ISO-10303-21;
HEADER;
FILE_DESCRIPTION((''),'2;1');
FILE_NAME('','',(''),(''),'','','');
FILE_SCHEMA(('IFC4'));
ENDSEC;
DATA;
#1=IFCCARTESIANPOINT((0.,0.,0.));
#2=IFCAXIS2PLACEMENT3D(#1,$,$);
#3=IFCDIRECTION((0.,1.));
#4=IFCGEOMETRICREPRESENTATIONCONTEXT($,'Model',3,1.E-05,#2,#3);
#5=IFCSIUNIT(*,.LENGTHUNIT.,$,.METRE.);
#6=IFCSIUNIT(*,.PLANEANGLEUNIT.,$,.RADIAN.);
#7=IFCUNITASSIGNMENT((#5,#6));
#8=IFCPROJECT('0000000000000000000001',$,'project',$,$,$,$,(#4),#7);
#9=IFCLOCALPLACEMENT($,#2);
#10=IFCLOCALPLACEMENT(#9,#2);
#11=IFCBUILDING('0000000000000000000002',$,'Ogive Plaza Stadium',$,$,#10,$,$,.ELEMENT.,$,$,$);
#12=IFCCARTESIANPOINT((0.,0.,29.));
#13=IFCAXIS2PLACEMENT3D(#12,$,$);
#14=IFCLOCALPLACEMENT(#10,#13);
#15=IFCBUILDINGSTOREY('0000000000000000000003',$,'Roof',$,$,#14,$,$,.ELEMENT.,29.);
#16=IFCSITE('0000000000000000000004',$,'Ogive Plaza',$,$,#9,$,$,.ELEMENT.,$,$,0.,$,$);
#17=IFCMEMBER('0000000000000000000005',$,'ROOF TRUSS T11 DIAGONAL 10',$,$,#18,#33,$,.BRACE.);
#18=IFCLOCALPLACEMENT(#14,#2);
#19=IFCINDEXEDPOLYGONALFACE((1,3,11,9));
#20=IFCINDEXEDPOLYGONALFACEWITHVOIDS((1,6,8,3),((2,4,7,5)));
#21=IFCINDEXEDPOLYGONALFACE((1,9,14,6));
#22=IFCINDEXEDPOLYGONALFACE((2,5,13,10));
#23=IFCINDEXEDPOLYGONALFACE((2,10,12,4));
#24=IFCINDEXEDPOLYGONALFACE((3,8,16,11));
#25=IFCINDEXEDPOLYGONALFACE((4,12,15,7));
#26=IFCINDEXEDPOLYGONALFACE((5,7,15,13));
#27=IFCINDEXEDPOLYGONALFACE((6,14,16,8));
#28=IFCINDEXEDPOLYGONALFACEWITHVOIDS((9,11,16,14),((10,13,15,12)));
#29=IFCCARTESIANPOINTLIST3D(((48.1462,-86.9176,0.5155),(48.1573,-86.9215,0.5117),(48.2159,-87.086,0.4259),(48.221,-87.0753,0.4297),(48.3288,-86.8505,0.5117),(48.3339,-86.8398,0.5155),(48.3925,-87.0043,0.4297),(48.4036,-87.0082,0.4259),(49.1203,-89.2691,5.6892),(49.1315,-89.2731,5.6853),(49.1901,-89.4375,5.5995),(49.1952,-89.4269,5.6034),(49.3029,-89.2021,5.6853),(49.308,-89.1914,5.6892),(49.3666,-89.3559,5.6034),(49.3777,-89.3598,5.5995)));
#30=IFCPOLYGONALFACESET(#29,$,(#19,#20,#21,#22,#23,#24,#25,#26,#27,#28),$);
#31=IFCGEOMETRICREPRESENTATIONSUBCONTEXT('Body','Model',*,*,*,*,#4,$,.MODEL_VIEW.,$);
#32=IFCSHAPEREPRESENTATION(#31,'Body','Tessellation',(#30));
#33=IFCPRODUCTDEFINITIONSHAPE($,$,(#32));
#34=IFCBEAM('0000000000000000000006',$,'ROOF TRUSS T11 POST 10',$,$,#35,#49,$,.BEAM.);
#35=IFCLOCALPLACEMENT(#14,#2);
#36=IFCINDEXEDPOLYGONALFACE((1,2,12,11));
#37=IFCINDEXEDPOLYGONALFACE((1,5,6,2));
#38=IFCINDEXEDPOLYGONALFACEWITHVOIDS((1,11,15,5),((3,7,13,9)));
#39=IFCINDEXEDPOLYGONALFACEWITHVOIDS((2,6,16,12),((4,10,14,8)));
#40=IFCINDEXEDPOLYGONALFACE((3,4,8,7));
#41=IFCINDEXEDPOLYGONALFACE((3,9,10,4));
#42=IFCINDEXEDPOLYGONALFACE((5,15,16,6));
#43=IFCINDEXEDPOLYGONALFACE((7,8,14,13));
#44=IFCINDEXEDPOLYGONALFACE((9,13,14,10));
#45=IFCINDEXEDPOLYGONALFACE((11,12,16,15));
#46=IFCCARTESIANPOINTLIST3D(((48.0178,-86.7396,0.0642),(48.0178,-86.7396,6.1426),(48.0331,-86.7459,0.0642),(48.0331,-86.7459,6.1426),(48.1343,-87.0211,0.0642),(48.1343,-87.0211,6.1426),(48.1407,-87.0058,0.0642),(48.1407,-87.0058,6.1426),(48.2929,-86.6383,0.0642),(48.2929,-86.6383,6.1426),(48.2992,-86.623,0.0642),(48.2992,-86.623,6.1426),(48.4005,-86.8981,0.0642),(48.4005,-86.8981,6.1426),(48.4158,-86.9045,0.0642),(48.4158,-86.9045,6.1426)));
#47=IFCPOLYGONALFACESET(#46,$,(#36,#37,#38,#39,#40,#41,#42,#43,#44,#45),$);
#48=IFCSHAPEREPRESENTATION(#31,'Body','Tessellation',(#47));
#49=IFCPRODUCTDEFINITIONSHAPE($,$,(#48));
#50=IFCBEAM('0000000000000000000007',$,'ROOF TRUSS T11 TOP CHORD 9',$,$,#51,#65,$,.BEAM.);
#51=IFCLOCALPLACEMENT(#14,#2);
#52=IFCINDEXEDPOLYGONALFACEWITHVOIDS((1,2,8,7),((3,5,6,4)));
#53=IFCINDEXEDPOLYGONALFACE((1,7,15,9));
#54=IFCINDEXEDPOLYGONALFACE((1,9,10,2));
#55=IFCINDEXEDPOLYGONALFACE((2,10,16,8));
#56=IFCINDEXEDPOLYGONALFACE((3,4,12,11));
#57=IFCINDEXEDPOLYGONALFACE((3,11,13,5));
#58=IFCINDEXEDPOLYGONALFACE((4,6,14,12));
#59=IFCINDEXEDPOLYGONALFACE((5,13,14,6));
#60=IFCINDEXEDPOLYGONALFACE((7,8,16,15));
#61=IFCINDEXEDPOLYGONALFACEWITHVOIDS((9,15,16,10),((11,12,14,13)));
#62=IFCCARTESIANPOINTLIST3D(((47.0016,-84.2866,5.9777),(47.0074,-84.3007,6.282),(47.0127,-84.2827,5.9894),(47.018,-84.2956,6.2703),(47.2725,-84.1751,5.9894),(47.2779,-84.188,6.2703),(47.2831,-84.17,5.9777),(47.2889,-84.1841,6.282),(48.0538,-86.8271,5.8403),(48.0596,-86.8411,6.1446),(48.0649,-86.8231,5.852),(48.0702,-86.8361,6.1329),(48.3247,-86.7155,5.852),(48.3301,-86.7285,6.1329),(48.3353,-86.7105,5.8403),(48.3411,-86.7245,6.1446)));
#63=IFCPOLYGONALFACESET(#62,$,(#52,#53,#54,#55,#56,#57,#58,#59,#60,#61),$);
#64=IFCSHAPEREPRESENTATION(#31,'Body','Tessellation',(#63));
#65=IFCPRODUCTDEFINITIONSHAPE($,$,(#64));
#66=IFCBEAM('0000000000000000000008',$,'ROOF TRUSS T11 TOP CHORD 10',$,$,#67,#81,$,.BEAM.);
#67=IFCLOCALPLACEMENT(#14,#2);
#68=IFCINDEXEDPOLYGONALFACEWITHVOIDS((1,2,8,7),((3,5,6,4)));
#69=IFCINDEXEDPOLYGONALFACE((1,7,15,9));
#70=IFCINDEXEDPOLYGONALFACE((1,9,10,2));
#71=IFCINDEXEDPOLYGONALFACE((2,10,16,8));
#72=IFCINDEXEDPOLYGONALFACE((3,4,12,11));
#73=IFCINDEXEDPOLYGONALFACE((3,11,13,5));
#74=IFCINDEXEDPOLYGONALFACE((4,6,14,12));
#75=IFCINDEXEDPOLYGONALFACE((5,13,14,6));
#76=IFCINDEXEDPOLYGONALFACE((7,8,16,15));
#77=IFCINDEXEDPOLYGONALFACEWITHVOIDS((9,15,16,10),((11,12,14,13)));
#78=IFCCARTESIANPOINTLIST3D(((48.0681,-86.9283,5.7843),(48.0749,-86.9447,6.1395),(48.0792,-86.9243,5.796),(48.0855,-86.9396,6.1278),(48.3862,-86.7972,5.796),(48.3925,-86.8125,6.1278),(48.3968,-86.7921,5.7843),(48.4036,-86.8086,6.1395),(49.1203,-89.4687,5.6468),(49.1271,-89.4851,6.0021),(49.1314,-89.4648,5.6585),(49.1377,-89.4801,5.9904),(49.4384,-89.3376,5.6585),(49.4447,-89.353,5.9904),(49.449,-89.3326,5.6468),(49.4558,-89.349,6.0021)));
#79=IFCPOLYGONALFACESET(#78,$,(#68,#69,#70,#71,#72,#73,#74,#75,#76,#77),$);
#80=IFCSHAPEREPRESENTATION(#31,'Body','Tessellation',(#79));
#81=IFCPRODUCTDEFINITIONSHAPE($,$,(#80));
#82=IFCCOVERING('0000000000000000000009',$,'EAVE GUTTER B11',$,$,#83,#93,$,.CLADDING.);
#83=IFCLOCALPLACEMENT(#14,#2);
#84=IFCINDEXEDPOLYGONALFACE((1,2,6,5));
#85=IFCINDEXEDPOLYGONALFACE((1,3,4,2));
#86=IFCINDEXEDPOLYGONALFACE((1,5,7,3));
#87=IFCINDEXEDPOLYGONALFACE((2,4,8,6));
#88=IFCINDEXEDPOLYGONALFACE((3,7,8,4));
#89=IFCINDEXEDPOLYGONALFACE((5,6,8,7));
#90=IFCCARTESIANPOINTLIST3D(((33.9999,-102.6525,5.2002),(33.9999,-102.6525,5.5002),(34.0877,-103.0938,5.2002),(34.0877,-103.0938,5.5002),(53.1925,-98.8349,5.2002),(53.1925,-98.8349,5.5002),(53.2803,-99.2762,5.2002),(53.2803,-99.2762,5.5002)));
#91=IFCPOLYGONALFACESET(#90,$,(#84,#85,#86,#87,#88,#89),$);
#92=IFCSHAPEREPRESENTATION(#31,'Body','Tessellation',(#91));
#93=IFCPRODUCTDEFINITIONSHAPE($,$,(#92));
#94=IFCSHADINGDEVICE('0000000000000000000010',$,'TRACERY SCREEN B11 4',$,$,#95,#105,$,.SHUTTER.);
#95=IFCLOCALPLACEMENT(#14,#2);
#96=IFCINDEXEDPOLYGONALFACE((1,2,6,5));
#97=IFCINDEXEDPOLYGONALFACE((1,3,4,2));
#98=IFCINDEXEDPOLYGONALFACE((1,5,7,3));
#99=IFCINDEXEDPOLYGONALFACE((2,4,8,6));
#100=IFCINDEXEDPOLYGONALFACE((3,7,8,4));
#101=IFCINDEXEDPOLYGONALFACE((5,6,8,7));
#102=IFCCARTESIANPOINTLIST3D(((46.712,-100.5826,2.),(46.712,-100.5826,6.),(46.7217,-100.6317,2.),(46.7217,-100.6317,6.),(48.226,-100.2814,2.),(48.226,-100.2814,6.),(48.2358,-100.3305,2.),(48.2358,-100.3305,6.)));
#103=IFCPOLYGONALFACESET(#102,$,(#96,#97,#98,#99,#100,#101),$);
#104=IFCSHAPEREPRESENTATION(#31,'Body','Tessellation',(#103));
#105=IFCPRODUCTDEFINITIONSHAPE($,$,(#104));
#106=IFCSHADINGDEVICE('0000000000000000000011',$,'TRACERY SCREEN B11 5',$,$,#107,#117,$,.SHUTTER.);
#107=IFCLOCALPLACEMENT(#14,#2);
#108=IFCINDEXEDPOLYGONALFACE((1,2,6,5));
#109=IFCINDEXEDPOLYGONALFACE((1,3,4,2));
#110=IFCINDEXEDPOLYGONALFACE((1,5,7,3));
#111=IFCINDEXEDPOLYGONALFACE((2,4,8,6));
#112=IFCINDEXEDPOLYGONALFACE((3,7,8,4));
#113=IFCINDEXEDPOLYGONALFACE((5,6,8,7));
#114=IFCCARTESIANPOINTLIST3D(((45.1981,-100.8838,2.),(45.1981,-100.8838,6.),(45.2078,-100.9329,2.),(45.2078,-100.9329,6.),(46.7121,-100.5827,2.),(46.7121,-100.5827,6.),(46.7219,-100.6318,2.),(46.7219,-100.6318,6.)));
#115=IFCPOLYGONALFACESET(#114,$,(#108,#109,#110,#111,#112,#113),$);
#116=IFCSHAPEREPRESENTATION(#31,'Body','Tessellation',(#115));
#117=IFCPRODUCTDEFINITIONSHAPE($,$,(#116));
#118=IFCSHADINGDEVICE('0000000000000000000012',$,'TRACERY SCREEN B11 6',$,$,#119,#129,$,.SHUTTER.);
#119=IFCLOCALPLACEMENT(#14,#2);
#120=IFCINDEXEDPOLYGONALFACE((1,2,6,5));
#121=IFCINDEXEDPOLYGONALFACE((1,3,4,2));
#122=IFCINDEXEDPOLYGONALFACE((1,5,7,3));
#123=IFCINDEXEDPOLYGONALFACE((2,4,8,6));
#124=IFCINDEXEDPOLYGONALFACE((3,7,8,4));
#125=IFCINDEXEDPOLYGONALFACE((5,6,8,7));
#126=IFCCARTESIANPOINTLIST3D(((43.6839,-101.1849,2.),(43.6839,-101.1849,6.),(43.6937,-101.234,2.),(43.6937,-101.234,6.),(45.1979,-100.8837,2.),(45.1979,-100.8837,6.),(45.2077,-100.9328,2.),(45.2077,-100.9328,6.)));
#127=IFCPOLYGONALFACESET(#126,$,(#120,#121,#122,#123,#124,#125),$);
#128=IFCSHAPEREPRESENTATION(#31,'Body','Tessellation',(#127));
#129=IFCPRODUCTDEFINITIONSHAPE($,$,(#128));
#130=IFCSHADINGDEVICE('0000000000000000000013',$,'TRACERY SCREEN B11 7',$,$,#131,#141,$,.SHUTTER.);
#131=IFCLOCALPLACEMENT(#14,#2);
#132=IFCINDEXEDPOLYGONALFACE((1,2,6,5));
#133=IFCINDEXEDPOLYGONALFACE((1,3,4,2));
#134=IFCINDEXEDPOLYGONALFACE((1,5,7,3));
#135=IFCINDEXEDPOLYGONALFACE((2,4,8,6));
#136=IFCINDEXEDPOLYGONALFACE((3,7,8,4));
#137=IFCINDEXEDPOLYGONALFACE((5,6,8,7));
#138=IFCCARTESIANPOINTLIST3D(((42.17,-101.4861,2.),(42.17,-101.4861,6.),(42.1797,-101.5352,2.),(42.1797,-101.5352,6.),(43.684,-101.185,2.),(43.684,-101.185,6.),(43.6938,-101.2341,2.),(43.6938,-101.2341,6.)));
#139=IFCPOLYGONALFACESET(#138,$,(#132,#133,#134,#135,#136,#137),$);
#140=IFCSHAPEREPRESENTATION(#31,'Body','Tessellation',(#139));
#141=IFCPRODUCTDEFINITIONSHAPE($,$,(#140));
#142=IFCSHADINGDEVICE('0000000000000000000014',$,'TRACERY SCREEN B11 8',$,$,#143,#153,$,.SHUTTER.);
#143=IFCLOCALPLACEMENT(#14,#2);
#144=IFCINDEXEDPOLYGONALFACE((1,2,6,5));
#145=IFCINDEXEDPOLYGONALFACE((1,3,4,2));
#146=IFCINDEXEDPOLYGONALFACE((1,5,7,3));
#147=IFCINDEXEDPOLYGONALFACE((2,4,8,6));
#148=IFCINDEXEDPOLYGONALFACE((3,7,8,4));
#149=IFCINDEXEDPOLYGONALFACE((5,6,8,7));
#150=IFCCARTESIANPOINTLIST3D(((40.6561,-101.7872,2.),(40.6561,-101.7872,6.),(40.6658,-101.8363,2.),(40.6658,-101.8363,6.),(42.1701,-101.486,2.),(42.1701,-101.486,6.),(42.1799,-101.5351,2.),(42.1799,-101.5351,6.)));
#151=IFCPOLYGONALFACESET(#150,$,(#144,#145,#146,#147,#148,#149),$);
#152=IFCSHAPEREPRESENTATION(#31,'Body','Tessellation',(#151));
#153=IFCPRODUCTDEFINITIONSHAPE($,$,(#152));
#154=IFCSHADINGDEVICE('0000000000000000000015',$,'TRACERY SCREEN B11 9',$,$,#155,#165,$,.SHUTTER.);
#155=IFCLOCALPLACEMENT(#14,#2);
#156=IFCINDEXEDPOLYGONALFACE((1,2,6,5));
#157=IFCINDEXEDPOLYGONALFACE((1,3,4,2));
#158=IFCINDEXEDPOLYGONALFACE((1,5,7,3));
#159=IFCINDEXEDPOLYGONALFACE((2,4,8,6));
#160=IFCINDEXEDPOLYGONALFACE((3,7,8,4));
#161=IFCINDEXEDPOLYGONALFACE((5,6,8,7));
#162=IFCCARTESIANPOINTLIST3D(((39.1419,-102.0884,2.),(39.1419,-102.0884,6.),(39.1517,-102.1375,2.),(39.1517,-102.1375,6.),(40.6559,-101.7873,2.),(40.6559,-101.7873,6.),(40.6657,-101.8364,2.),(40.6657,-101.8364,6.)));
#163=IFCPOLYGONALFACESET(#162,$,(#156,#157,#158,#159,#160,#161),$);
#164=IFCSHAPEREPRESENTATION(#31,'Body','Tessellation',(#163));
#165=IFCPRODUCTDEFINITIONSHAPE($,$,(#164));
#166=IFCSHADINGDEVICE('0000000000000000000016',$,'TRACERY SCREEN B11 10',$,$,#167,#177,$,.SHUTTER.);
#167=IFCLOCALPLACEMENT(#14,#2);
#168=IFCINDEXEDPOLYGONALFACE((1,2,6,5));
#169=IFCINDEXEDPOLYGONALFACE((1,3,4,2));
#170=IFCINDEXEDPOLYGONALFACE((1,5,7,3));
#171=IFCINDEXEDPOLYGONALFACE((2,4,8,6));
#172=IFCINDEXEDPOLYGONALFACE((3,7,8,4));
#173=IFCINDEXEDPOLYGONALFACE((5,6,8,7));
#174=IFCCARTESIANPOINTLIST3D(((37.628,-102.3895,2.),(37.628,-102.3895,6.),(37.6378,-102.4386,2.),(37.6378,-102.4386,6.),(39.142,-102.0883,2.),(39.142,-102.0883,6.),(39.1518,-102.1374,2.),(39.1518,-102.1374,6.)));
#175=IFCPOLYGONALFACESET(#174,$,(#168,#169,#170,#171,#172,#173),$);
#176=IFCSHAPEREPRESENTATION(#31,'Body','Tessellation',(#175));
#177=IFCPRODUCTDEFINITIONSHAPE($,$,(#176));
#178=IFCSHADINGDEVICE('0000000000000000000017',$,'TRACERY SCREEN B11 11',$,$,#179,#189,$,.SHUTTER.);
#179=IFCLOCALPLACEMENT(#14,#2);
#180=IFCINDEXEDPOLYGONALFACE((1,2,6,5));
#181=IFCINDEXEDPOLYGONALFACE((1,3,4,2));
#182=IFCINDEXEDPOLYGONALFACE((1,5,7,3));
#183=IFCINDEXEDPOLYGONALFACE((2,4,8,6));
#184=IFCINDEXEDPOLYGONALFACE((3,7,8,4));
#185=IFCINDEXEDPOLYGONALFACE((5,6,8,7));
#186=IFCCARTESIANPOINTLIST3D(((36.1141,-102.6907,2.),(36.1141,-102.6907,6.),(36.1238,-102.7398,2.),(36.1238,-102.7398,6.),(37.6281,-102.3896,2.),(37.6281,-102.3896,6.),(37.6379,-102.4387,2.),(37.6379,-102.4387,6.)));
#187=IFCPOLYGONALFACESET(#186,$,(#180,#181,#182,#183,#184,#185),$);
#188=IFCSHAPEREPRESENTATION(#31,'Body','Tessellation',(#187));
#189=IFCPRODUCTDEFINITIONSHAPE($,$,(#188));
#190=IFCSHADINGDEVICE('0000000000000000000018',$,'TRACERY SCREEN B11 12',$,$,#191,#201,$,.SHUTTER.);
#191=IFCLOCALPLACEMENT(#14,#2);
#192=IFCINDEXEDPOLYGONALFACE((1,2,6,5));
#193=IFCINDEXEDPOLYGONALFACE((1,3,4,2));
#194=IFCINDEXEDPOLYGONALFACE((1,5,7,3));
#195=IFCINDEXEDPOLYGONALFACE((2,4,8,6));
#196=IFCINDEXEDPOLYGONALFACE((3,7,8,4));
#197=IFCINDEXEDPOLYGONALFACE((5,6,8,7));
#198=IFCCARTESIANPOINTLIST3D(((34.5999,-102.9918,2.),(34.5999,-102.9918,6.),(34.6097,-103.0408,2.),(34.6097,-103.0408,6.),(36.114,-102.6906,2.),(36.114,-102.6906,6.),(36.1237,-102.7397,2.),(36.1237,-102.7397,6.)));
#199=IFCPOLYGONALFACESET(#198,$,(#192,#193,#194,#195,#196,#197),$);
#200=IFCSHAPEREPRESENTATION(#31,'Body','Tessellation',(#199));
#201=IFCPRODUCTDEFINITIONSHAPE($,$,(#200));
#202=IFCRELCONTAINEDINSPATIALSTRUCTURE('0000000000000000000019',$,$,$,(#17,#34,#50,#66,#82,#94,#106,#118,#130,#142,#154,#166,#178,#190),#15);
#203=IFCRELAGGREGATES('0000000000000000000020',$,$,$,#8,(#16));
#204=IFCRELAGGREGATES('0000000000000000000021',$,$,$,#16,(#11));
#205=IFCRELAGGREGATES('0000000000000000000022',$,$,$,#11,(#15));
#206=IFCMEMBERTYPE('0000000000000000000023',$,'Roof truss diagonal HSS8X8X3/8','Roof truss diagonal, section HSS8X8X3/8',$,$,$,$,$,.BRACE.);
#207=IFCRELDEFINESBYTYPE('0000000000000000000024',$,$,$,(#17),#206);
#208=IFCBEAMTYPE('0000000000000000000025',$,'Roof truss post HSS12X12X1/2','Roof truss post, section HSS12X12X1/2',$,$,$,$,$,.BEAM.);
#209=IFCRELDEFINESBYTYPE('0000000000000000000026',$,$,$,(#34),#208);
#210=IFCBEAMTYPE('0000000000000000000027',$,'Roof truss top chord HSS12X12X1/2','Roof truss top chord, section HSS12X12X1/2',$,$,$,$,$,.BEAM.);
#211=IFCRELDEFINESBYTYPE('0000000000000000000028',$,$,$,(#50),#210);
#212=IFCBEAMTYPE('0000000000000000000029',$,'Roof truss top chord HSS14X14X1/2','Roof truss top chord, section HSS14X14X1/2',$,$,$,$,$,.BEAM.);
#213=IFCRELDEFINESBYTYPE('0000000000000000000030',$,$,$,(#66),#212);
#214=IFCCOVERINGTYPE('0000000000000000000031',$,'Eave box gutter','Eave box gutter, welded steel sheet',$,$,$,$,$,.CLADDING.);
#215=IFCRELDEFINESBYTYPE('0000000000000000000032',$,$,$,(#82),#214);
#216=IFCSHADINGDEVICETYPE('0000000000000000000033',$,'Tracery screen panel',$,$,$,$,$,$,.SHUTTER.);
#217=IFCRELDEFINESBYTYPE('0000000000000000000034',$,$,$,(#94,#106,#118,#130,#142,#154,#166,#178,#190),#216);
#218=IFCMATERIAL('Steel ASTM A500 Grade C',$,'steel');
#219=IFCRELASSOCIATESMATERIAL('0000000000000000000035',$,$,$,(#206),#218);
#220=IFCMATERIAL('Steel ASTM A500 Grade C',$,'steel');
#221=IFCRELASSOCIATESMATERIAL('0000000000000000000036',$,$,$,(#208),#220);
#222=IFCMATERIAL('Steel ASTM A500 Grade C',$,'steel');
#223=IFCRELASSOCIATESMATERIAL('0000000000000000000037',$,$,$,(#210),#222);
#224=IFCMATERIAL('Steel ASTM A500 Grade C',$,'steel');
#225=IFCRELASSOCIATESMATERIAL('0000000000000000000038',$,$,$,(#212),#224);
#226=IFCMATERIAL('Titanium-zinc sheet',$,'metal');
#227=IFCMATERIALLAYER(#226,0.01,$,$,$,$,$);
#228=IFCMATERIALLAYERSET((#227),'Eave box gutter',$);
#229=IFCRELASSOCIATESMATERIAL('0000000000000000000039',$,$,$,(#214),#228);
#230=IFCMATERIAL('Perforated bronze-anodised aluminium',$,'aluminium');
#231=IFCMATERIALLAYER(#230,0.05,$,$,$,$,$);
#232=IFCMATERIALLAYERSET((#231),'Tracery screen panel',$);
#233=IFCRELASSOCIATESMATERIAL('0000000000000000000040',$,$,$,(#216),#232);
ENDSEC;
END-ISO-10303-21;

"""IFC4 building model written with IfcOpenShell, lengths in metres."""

from ifc_helpers import new_model, si_unit, direction, frame, origin, origin_2d, place, context, subcontext, project, spatial, rectangle, hollow_rectangle, extrude, material, layer, layer_set, material_profile, profile_set, type_object, element, save


model = new_model("IFC4")

# Units and contexts
model_context = context("Model", 3, precision=1e-05, world=origin(), true_north=direction((0.0, 1.0)))
body_context = subcontext(model_context, "Body", "Model", "MODEL_VIEW")
ifc_project = project(units=[si_unit("LENGTHUNIT", "METRE"), si_unit("PLANEANGLEUNIT", "RADIAN")], contexts=[model_context])

# Site, building, storey
site_placement = place(None, origin())
site = spatial("IfcSite", under=ifc_project, at=site_placement, Name="Ogive Plaza", CompositionType="ELEMENT", RefElevation=0.0)
building_placement = place(site_placement, origin())
building = spatial("IfcBuilding", under=site, at=building_placement, Name="Ogive Plaza Stadium", CompositionType="ELEMENT")
storey_placement = place(building_placement, frame((0.0, 0.0, 29.0)))
storey = spatial("IfcBuildingStorey", under=building, at=storey_placement, Name="Roof", CompositionType="ELEMENT", Elevation=29.0)

# Member
ifc_material_1 = material(Name="Steel ASTM A500 Grade C", Category="steel")
ifc_material_profile_1 = material_profile(ifc_material_1, hollow_rectangle(XDim=0.2031, YDim=0.2031, WallThickness=0.0088, at=origin_2d()), Name="HSS8X8X3/8")
ifc_profile_set_1 = profile_set([ifc_material_profile_1], Name="Steel ASTM A500 Grade C")
member_type_1 = type_object("IfcMemberType", Name="Roof truss diagonal HSS8X8X3/8", Description="Roof truss diagonal, section HSS8X8X3/8", PredefinedType="BRACE", material=ifc_profile_set_1)
member_1_placement = place(storey_placement, frame((48.2749, -86.9629, 0.4707), z_axis=(0.168947, -0.407845, 0.897284), x_axis=(0.92387, 0.382708, 0.0)))
element("IfcMember", 1, at=member_1_placement, inside=storey, type_object=member_type_1, Name="ROOF TRUSS T11 DIAGONAL 10", PredefinedType="BRACE", context=body_context, shape_type="SweptSolid", body=[
    extrude(hollow_rectangle(XDim=0.2031, YDim=0.2031, WallThickness=0.0088, at=origin_2d()), origin(), (0.0, 0.0, 1.0), 5.7659),
])

# Beams
ifc_material_2 = material(Name="Steel ASTM A500 Grade C", Category="steel")
ifc_material_profile_2 = material_profile(ifc_material_2, hollow_rectangle(XDim=0.3047, YDim=0.3047, WallThickness=0.0117, at=origin_2d()), Name="HSS12X12X1/2")
ifc_profile_set_2 = profile_set([ifc_material_profile_2], Name="Steel ASTM A500 Grade C")
beam_type_1 = type_object("IfcBeamType", Name="Roof truss post HSS12X12X1/2", Description="Roof truss post, section HSS12X12X1/2", PredefinedType="BEAM", material=ifc_profile_set_2)
beam_1_placement = place(storey_placement, frame((48.2168, -86.822, 0.0642), z_axis=(0.0, 0.0, 1.0), x_axis=(0.92388, 0.382683, 0.0)))
element("IfcBeam", 2, at=beam_1_placement, inside=storey, type_object=beam_type_1, Name="ROOF TRUSS T11 POST 10", PredefinedType="BEAM", context=body_context, shape_type="SweptSolid", body=[
    extrude(hollow_rectangle(XDim=0.3047, YDim=0.3047, WallThickness=0.0117, at=origin_2d()), origin(), (0.0, 0.0, 1.0), 6.0784),
])
ifc_material_3 = material(Name="Steel ASTM A500 Grade C", Category="steel")
ifc_material_profile_3 = material_profile(ifc_material_3, hollow_rectangle(XDim=0.3047, YDim=0.3047, WallThickness=0.0117, at=origin_2d()), Name="HSS12X12X1/2")
ifc_profile_set_3 = profile_set([ifc_material_profile_3], Name="Steel ASTM A500 Grade C")
beam_type_2 = type_object("IfcBeamType", Name="Roof truss top chord HSS12X12X1/2", Description="Roof truss top chord, section HSS12X12X1/2", PredefinedType="BEAM", material=ifc_profile_set_3)
beam_2_placement = place(storey_placement, frame((47.1453, -84.2354, 6.1299), z_axis=(0.382183, -0.922737, -0.049923), x_axis=(0.923889, 0.38266, 0.0)))
element("IfcBeam", 3, at=beam_2_placement, inside=storey, type_object=beam_type_2, Name="ROOF TRUSS T11 TOP CHORD 9", PredefinedType="BEAM", context=body_context, shape_type="SweptSolid", body=[
    extrude(hollow_rectangle(XDim=0.3047, YDim=0.3047, WallThickness=0.0117, at=origin_2d()), origin(), (0.0, 0.0, 1.0), 2.7532),
])
ifc_material_4 = material(Name="Steel ASTM A500 Grade C", Category="steel")
ifc_material_profile_4 = material_profile(ifc_material_4, hollow_rectangle(XDim=0.3557, YDim=0.3557, WallThickness=0.0117, at=origin_2d()), Name="HSS14X14X1/2")
ifc_profile_set_4 = profile_set([ifc_material_profile_4], Name="Steel ASTM A500 Grade C")
beam_type_3 = type_object("IfcBeamType", Name="Roof truss top chord HSS14X14X1/2", Description="Roof truss top chord, section HSS14X14X1/2", PredefinedType="BEAM", material=ifc_profile_set_4)
beam_3_placement = place(storey_placement, frame((48.2358, -86.8684, 5.9619), z_axis=(0.382183, -0.922737, -0.049923), x_axis=(0.923889, 0.38266, 0.0)))
element("IfcBeam", 4, at=beam_3_placement, inside=storey, type_object=beam_type_3, Name="ROOF TRUSS T11 TOP CHORD 10", PredefinedType="BEAM", context=body_context, shape_type="SweptSolid", body=[
    extrude(hollow_rectangle(XDim=0.3557, YDim=0.3557, WallThickness=0.0117, at=origin_2d()), origin(), (0.0, 0.0, 1.0), 2.7532),
])

# Covering
ifc_material_5 = material(Name="Titanium-zinc sheet", Category="metal")
ifc_layer_1 = layer(ifc_material_5, 0.01)
ifc_layer_set_1 = layer_set([ifc_layer_1], Name="Eave box gutter")
covering_type = type_object("IfcCoveringType", Name="Eave box gutter", Description="Eave box gutter, welded steel sheet", PredefinedType="CLADDING", material=ifc_layer_set_1)
covering_placement = place(storey_placement, frame((43.6401, -100.9644, 5.2002), z_axis=(0.0, 0.0, 1.0), x_axis=(-0.980785, -0.19509, 0.0)))
element("IfcCovering", 5, at=covering_placement, inside=storey, type_object=covering_type, Name="EAVE GUTTER B11", PredefinedType="CLADDING", context=body_context, shape_type="SweptSolid", body=[
    extrude(rectangle(XDim=19.5686, YDim=0.45, at=origin_2d()), origin(), (0.0, 0.0, 1.0), 0.3),
])

# Shading devices
ifc_material_6 = material(Name="Perforated bronze-anodised aluminium", Category="aluminium")
ifc_layer_2 = layer(ifc_material_6, 0.05)
ifc_layer_set_2 = layer_set([ifc_layer_2], Name="Tracery screen panel")
shading_device_type = type_object("IfcShadingDeviceType", Name="Tracery screen panel", PredefinedType="SHUTTER", material=ifc_layer_set_2)
for number, where, z_axis, x_axis, name in (
    (6, (47.4739, -100.4565, 2.0), (0.0, 0.0, 1.0), (-0.980785, -0.19509, 0.0), "TRACERY SCREEN B11 4"),
    (7, (45.96, -100.7578, 2.0), (0.0, 0.0, 1.0), (-0.980785, -0.19509, 0.0), "TRACERY SCREEN B11 5"),
    (8, (44.4458, -101.0588, 2.0), (0.0, 0.0, 1.0), (-0.980785, -0.19509, 0.0), "TRACERY SCREEN B11 6"),
    (9, (42.9319, -101.3601, 2.0), (0.0, 0.0, 1.0), (-0.980785, -0.19509, 0.0), "TRACERY SCREEN B11 7"),
    (10, (41.418, -101.6611, 2.0), (0.0, 0.0, 1.0), (-0.980785, -0.19509, 0.0), "TRACERY SCREEN B11 8"),
    (11, (39.9038, -101.9624, 2.0), (0.0, 0.0, 1.0), (-0.980785, -0.19509, 0.0), "TRACERY SCREEN B11 9"),
    (12, (38.3899, -102.2634, 2.0), (0.0, 0.0, 1.0), (-0.980785, -0.19509, 0.0), "TRACERY SCREEN B11 10"),
    (13, (36.876, -102.5647, 2.0), (0.0, 0.0, 1.0), (-0.980785, -0.19509, 0.0), "TRACERY SCREEN B11 11"),
    (14, (35.3618, -102.8657, 2.0), (0.0, 0.0, 1.0), (-0.980785, -0.19509, 0.0), "TRACERY SCREEN B11 12"),
):
    element("IfcShadingDevice", number, at=place(storey_placement, frame(where, z_axis=z_axis, x_axis=x_axis)), inside=storey, type_object=shading_device_type, Name=name, PredefinedType="SHUTTER", context=body_context, shape_type="SweptSolid", body=[
        extrude(rectangle(XDim=1.5437, YDim=0.05, at=origin_2d()), origin(), (0.0, 0.0, 1.0), 4.0),
    ])

save(model, "model.ifc")
